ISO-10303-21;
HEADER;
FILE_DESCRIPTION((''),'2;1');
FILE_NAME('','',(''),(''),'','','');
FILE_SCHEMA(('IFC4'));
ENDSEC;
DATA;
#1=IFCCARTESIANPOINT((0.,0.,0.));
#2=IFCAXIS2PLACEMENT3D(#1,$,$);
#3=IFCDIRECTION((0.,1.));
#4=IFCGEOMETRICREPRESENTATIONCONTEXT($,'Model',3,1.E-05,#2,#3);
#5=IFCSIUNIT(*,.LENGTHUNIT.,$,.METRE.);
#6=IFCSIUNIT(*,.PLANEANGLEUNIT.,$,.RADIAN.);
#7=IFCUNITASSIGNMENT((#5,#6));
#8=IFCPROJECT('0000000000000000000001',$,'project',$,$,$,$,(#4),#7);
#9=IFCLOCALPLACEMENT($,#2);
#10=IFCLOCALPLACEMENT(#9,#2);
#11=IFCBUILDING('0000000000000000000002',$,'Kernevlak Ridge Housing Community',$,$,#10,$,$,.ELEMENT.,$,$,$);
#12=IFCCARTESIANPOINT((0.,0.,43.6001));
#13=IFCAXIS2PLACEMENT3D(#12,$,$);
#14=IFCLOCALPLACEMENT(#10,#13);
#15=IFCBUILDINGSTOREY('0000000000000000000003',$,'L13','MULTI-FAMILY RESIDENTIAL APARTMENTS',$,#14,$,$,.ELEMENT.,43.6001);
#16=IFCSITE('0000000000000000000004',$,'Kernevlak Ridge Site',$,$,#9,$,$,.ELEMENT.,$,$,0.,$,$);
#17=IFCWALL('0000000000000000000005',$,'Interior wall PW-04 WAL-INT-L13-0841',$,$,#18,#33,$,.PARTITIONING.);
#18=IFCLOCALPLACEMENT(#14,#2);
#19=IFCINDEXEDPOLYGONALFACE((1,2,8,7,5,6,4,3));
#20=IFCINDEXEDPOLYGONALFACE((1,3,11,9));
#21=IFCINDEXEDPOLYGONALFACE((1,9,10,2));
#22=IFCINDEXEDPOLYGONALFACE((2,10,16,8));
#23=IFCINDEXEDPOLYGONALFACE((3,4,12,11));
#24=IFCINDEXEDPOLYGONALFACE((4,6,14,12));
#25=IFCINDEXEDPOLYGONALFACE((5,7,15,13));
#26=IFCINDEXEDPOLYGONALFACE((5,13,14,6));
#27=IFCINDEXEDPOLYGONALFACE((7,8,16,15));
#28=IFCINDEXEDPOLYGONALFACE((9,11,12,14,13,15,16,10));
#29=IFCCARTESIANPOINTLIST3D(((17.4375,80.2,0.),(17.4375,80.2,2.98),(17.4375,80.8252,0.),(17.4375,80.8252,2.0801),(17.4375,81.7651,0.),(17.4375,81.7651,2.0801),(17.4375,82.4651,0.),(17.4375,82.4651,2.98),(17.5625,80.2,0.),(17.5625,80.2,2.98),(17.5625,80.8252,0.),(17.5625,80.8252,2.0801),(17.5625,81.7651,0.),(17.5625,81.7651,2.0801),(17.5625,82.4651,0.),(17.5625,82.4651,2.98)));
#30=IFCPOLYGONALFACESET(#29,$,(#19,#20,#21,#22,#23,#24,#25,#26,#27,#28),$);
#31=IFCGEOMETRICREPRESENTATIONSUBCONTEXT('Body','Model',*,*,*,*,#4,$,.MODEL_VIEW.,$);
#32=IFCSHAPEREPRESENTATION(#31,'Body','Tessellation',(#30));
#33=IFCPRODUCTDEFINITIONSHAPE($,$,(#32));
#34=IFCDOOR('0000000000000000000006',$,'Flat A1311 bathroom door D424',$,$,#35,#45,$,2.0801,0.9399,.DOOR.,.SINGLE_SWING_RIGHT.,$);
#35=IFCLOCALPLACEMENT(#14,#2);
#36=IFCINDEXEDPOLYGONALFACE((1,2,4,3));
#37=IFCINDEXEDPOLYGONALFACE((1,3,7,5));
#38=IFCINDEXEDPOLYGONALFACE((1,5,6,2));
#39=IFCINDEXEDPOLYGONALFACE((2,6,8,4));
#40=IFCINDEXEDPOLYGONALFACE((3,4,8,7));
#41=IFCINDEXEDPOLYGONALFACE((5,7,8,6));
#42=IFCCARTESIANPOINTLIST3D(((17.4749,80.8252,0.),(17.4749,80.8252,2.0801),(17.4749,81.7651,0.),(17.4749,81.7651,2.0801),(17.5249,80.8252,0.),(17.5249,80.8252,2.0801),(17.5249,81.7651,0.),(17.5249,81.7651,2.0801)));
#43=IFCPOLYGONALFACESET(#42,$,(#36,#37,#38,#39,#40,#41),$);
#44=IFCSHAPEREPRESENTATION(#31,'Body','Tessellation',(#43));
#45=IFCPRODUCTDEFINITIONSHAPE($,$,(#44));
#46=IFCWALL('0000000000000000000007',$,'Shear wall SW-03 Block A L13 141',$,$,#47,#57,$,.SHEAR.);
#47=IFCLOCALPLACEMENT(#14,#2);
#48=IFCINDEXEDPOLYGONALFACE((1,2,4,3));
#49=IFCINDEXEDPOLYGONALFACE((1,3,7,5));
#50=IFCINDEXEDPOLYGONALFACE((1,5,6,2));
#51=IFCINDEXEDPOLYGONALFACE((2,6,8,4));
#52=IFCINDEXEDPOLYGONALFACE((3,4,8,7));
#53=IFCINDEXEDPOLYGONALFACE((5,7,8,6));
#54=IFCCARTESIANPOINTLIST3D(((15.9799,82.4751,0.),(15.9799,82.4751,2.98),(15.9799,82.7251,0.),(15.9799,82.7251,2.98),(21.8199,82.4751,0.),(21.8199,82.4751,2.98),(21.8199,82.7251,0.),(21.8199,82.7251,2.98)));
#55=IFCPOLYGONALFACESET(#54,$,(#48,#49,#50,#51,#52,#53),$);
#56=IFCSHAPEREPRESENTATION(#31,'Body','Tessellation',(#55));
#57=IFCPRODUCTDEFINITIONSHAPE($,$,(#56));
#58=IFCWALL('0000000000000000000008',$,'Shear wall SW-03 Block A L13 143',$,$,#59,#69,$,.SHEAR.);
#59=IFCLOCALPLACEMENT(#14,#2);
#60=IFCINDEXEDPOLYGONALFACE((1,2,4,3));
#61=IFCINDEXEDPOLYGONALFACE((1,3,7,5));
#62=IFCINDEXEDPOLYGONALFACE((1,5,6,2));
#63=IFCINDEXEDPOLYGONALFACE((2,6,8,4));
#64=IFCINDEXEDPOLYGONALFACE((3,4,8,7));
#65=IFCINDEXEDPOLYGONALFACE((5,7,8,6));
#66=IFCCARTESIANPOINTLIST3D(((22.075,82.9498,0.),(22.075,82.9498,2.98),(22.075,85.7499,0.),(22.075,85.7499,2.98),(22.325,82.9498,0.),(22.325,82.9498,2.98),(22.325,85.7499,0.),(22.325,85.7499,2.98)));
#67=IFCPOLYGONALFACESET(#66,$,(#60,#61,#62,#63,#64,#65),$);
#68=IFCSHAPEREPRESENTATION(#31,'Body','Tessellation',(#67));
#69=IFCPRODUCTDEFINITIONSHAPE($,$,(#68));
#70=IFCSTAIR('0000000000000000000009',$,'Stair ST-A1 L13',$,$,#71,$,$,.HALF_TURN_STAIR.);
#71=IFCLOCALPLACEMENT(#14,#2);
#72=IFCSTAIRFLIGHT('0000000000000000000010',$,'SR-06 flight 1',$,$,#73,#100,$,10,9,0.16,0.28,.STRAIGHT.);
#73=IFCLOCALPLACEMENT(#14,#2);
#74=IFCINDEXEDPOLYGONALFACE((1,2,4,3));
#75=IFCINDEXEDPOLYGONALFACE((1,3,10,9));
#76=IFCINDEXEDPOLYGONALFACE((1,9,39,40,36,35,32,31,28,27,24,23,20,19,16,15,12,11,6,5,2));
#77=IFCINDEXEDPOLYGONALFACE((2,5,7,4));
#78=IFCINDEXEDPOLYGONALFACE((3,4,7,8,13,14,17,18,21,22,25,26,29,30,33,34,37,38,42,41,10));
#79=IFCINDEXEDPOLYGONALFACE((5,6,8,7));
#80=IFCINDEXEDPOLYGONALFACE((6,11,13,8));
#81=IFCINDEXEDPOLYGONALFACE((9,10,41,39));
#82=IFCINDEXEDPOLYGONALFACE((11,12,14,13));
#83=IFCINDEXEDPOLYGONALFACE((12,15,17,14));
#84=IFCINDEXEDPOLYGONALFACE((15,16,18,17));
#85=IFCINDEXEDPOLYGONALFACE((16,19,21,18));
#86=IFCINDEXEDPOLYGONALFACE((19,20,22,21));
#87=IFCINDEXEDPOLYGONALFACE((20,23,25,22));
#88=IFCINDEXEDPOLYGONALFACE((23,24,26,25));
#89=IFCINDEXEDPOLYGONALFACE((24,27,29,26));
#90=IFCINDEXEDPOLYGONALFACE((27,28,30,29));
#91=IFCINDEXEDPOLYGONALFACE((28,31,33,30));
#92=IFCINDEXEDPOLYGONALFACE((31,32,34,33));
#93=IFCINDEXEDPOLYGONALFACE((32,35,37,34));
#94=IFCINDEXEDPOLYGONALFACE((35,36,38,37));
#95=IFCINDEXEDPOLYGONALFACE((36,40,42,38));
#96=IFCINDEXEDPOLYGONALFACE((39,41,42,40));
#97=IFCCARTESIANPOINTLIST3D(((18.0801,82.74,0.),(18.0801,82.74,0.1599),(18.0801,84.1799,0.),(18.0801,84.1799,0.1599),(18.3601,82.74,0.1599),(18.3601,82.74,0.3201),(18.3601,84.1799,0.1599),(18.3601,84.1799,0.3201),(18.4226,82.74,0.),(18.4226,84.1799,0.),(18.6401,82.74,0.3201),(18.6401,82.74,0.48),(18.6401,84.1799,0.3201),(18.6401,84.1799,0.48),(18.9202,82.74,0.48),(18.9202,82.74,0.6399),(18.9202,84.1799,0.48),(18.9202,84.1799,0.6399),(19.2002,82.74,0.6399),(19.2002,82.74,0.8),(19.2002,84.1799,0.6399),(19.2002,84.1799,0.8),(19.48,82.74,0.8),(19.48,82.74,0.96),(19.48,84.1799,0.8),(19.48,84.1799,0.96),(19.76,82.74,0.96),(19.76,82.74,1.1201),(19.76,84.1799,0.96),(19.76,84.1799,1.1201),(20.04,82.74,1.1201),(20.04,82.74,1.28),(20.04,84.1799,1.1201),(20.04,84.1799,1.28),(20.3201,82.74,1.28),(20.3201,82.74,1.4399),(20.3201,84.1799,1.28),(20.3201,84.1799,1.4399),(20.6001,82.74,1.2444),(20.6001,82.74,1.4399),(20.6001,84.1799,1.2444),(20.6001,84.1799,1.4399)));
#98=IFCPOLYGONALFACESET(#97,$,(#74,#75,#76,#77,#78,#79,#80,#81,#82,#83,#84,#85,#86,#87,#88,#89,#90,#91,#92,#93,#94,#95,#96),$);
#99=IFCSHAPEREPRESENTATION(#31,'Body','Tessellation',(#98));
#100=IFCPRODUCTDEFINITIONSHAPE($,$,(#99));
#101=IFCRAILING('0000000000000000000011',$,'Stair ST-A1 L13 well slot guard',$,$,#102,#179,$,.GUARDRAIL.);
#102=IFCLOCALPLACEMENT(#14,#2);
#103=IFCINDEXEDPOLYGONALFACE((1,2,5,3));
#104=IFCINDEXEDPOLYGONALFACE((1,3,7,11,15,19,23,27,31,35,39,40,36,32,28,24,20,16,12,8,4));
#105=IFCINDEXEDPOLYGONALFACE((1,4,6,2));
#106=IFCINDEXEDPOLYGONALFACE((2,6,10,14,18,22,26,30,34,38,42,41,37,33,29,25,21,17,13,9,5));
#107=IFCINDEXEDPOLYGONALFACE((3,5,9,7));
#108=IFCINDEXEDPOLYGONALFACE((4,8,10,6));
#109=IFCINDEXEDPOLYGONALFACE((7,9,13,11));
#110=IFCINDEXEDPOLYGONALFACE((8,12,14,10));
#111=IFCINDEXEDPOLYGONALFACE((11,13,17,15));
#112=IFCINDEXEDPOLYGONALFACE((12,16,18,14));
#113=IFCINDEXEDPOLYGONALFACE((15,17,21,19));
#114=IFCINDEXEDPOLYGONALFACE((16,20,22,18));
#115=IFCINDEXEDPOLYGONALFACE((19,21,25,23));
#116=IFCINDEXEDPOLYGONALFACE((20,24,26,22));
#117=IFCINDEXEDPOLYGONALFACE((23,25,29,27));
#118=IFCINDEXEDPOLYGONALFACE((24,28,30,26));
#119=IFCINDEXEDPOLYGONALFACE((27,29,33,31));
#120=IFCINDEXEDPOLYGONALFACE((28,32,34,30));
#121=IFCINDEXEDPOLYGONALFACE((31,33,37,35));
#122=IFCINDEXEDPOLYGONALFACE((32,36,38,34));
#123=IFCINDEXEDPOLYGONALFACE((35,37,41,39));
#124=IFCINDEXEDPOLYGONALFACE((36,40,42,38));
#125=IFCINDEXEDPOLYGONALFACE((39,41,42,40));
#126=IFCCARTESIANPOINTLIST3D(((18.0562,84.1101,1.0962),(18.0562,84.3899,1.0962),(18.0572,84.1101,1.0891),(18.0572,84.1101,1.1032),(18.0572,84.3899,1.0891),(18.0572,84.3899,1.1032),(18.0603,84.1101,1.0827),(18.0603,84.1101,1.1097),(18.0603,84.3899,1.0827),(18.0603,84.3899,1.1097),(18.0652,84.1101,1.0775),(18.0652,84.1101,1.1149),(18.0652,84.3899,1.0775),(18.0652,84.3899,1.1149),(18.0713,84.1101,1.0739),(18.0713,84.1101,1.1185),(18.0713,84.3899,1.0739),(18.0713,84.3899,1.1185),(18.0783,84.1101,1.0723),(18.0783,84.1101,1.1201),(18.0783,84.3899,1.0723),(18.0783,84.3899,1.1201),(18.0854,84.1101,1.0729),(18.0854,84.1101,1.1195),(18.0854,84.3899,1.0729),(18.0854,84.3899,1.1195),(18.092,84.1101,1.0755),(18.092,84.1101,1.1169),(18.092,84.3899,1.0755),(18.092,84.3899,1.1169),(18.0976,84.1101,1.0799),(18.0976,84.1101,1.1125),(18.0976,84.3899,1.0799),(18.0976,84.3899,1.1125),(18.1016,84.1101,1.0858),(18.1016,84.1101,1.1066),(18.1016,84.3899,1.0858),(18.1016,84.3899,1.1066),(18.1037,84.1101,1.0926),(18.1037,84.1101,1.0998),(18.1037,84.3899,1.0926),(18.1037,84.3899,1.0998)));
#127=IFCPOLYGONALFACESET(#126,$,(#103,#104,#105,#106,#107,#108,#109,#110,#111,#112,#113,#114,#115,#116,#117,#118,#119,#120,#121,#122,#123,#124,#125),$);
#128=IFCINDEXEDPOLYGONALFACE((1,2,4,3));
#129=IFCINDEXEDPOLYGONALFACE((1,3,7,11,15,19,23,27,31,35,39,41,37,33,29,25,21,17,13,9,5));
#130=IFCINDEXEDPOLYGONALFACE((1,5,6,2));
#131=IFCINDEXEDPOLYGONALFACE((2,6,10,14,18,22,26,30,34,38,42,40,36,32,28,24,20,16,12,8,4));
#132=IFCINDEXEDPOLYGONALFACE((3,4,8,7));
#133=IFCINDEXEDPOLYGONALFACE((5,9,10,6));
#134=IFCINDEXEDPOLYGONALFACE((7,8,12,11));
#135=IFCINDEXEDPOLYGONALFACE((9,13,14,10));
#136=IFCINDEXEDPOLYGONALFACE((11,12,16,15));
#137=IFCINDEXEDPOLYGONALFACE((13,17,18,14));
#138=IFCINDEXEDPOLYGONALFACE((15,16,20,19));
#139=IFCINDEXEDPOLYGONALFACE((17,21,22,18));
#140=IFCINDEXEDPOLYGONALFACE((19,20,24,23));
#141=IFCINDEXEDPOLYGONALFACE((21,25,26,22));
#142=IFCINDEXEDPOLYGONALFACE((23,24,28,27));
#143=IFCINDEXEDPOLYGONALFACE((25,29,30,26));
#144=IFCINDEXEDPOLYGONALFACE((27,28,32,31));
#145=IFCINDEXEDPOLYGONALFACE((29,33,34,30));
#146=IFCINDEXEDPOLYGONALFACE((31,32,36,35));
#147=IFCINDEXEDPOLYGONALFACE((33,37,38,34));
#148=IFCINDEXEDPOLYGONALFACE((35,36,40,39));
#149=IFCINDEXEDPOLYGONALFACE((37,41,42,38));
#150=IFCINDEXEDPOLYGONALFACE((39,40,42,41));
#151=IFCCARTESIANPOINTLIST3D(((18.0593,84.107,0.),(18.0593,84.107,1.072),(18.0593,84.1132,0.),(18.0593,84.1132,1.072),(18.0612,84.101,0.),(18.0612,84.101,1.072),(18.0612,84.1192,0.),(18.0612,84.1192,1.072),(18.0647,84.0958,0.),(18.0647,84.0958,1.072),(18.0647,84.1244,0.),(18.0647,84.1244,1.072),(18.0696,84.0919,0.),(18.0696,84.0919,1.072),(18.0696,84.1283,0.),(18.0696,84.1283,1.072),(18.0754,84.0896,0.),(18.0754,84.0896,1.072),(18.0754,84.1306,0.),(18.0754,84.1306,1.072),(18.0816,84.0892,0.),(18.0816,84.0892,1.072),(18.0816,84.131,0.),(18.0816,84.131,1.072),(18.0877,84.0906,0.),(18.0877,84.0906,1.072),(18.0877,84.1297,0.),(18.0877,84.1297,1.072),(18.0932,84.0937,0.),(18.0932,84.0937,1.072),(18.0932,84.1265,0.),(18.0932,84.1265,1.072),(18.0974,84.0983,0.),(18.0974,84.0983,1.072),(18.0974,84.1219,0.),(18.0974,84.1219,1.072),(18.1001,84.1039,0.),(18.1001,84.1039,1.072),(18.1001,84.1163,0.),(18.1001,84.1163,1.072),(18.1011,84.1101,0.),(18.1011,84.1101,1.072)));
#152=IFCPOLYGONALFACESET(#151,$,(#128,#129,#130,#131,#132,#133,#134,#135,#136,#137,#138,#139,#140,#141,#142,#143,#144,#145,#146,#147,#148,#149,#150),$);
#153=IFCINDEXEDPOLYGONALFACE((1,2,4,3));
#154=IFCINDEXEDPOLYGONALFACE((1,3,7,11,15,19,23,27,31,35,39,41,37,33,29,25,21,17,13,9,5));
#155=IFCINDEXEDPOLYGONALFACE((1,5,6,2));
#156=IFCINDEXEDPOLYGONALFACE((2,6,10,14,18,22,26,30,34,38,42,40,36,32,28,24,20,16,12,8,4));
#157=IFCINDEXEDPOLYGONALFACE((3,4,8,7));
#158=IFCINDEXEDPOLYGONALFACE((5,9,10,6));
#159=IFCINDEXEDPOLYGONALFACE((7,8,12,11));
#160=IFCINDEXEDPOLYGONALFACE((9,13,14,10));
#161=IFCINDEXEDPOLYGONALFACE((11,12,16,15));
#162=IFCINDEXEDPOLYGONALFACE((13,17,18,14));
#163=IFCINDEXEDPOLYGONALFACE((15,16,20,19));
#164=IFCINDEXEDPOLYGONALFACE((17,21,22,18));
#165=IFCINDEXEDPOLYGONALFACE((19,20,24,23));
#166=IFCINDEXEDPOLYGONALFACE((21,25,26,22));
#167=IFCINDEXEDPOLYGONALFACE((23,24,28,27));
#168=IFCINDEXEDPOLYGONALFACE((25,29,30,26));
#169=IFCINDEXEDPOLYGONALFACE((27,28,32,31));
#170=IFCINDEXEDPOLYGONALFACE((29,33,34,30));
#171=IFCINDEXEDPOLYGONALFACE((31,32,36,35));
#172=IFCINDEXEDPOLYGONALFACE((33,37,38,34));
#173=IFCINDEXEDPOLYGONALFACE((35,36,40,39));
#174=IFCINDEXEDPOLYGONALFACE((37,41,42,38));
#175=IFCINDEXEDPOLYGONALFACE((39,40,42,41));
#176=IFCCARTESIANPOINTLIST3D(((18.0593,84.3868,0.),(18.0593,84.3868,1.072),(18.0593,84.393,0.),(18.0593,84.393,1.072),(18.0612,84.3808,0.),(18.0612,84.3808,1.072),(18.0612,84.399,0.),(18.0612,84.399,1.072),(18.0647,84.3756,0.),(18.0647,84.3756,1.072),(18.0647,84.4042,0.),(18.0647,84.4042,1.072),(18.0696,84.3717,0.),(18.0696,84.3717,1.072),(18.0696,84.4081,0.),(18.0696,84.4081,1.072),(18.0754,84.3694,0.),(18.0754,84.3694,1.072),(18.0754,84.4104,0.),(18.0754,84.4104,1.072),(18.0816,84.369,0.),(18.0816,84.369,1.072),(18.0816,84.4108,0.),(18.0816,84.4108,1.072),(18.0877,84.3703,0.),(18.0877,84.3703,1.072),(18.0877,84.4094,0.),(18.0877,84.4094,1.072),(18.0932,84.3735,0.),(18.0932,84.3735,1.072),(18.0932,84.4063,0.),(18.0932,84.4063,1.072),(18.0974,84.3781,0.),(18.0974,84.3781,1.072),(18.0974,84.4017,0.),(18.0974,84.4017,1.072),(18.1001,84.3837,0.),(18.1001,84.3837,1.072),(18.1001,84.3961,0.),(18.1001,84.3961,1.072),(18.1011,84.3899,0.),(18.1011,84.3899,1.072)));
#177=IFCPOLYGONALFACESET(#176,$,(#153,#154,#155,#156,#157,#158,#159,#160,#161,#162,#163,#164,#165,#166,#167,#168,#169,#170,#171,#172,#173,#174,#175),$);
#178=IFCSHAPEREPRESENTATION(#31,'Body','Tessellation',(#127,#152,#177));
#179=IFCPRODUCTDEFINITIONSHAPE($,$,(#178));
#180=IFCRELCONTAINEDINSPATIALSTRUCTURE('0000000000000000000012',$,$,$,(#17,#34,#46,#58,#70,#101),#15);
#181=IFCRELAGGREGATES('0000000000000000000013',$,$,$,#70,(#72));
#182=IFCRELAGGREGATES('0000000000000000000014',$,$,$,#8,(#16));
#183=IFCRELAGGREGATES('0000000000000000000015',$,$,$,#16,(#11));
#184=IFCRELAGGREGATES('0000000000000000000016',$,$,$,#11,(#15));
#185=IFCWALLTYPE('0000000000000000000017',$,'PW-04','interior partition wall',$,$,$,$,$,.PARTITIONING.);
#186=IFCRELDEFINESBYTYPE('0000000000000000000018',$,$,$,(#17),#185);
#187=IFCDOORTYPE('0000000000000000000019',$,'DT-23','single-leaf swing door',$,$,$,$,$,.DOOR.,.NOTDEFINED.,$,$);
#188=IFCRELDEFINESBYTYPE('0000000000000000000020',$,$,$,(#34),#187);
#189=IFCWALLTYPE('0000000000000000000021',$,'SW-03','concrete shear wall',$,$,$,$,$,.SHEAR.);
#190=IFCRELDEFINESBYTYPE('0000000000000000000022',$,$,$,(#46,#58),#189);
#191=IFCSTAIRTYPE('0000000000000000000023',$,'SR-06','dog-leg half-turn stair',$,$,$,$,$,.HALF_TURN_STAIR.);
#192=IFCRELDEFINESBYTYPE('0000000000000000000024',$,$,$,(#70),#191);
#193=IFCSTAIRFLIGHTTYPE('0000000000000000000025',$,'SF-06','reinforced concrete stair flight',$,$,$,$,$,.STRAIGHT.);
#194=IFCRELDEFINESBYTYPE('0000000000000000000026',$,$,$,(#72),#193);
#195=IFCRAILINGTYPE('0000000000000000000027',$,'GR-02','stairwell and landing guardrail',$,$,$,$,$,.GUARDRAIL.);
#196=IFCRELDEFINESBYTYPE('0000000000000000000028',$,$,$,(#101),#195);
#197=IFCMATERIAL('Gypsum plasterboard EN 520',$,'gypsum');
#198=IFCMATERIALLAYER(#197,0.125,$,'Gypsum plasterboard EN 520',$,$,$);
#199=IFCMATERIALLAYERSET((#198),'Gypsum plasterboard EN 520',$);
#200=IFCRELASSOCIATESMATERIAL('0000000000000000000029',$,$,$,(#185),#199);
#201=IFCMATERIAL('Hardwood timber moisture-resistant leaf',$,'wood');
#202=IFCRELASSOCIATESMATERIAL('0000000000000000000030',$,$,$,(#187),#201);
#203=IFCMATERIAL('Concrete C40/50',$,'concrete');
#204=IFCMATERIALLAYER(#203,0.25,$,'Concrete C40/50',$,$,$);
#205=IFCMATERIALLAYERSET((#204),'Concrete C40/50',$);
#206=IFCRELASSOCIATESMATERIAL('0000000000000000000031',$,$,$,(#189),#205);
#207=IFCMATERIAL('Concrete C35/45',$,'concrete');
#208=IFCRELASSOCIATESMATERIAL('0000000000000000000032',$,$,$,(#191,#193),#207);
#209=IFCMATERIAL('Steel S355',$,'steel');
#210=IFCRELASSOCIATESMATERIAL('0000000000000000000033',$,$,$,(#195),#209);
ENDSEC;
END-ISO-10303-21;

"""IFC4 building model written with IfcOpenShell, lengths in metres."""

from ifc_helpers import new_model, si_unit, direction, frame, frame_2d, origin, origin_2d, place, context, subcontext, project, spatial, polyline, rectangle, circle, outline, extrude, material, layer, layer_set, type_object, element, fill, aggregate, save


model = new_model("IFC4")

# Units and contexts
model_context = context("Model", 3, precision=1e-05, world=origin(), true_north=direction((0.0, 1.0)))
body_context = subcontext(model_context, "Body", "Model", "MODEL_VIEW")
ifc_project = project(units=[si_unit("LENGTHUNIT", "METRE"), si_unit("PLANEANGLEUNIT", "RADIAN")], contexts=[model_context])

# Site, building, storey
site_placement = place(None, origin())
site = spatial("IfcSite", under=ifc_project, at=site_placement, Name="Kernevlak Ridge Site", CompositionType="ELEMENT", RefElevation=0.0)
building_placement = place(site_placement, origin())
building = spatial("IfcBuilding", under=site, at=building_placement, Name="Kernevlak Ridge Housing Community", CompositionType="ELEMENT")
storey_placement = place(building_placement, frame((0.0, 0.0, 43.6001)))
storey = spatial("IfcBuildingStorey", under=building, at=storey_placement, Name="L13", Description="MULTI-FAMILY RESIDENTIAL APARTMENTS", CompositionType="ELEMENT", Elevation=43.6001)

# Shared definitions
ifc_material_1 = material(Name="Concrete C35/45", Category="concrete")

# Wall, opening, door
ifc_material_2 = material(Name="Gypsum plasterboard EN 520", Category="gypsum")
ifc_layer_1 = layer(ifc_material_2, 0.125, Name="Gypsum plasterboard EN 520")
ifc_layer_set_1 = layer_set([ifc_layer_1], Name="Gypsum plasterboard EN 520")
wall_type_1 = type_object("IfcWallType", Name="PW-04", Description="interior partition wall", PredefinedType="PARTITIONING", material=ifc_layer_set_1)
wall_1_placement = place(storey_placement, frame((17.5, 82.4651, 0.0), z_axis=(0.0, 0.0, 1.0), x_axis=(0.0, -1.0, 0.0)))
wall_1 = element("IfcWall", 1, at=wall_1_placement, inside=storey, type_object=wall_type_1, Name="Interior wall PW-04 WAL-INT-L13-0841", PredefinedType="PARTITIONING", context=body_context, shape_type="SweptSolid", body=[
    extrude(rectangle(XDim=2.2651, YDim=0.125, at=frame_2d((1.1326, 0.0))), origin(), (0.0, 0.0, 1.0), 2.98),
])
opening_1_placement = place(wall_1_placement, frame((0.7, 0.0, 0.0)))
opening_1 = element("IfcOpeningElement", 2, at=opening_1_placement, cuts=wall_1, PredefinedType="OPENING", context=body_context, shape_type="SweptSolid", body=[
    extrude(rectangle(XDim=0.9399, YDim=2.0801, at=frame_2d((0.47, 1.04))), frame((0.0, 0.0725, 0.0), z_axis=(0.0, -1.0, 0.0), x_axis=(1.0, 0.0, 0.0)), (0.0, 0.0, 1.0), 0.145),
])
ifc_material_3 = material(Name="Hardwood timber moisture-resistant leaf", Category="wood")
door_type_1 = type_object("IfcDoorType", Name="DT-23", Description="single-leaf swing door", OperationType="NOTDEFINED", PredefinedType="DOOR", material=ifc_material_3)
door_1_placement = place(opening_1_placement, origin())
door_1 = element("IfcDoor", 3, at=door_1_placement, inside=storey, type_object=door_type_1, Name="Flat A1311 bathroom door D424", OperationType="SINGLE_SWING_RIGHT", OverallHeight=2.0801, OverallWidth=0.9399, PredefinedType="DOOR", context=body_context, shape_type="SweptSolid", body=[
    extrude(rectangle(XDim=0.9399, YDim=2.0801, at=frame_2d((0.47, 1.04))), frame((0.0, 0.0249, 0.0), z_axis=(0.0, -1.0, 0.0), x_axis=(1.0, 0.0, 0.0)), (0.0, 0.0, 1.0), 0.05),
])
fill(opening_1, door_1)

# Walls
ifc_material_4 = material(Name="Concrete C40/50", Category="concrete")
ifc_layer_2 = layer(ifc_material_4, 0.25, Name="Concrete C40/50")
ifc_layer_set_2 = layer_set([ifc_layer_2], Name="Concrete C40/50")
wall_type_2 = type_object("IfcWallType", Name="SW-03", Description="concrete shear wall", PredefinedType="SHEAR", material=ifc_layer_set_2)
wall_2_placement = place(storey_placement, frame((15.98, 82.6001, 0.0), z_axis=(0.0, 0.0, 1.0), x_axis=(1.0, 0.0, 0.0)))
element("IfcWall", 4, at=wall_2_placement, inside=storey, type_object=wall_type_2, Name="Shear wall SW-03 Block A L13 141", PredefinedType="SHEAR", context=body_context, shape_type="SweptSolid", body=[
    extrude(rectangle(XDim=5.8401, YDim=0.25, at=frame_2d((2.9199, 0.0))), origin(), (0.0, 0.0, 1.0), 2.98),
])
wall_3_placement = place(storey_placement, frame((22.2, 82.95, 0.0), z_axis=(0.0, 0.0, 1.0), x_axis=(0.0, 1.0, 0.0)))
element("IfcWall", 5, at=wall_3_placement, inside=storey, type_object=wall_type_2, Name="Shear wall SW-03 Block A L13 143", PredefinedType="SHEAR", context=body_context, shape_type="SweptSolid", body=[
    extrude(rectangle(XDim=2.8, YDim=0.25, at=frame_2d((1.3999, 0.0))), origin(), (0.0, 0.0, 1.0), 2.98),
])

# Stair, stair flight
stair_type = type_object("IfcStairType", Name="SR-06", Description="dog-leg half-turn stair", PredefinedType="HALF_TURN_STAIR", material=ifc_material_1)
stair_placement = place(storey_placement, origin())
stair = element("IfcStair", 6, at=stair_placement, inside=storey, type_object=stair_type, Name="Stair ST-A1 L13", PredefinedType="HALF_TURN_STAIR")
stair_flight_type = type_object("IfcStairFlightType", Name="SF-06", Description="reinforced concrete stair flight", PredefinedType="STRAIGHT", material=ifc_material_1)
stair_flight_placement = place(storey_placement, frame((18.0801, 83.46, 0.0), z_axis=(0.0, 0.0, 1.0), x_axis=(1.0, 0.0, 0.0)))
stair_flight = element("IfcStairFlight", 7, at=stair_flight_placement, type_object=stair_flight_type, Name="SR-06 flight 1", NumberOfRisers=10, NumberOfTreads=9, PredefinedType="STRAIGHT", RiserHeight=0.16, TreadLength=0.28, context=body_context, shape_type="SweptSolid", body=[
    extrude(outline(polyline([(0.0, 0.0), (0.0, 0.1599), (0.28, 0.1599), (0.28, 0.3201), (0.5601, 0.3201), (0.5601, 0.48), (0.8401, 0.48), (0.8401, 0.6399), (1.1201, 0.6399), (1.1201, 0.8), (1.3999, 0.8), (1.3999, 0.96), (1.6799, 0.96), (1.6799, 1.1201), (1.96, 1.1201), (1.96, 1.28), (2.24, 1.28), (2.24, 1.4399), (2.52, 1.4399), (2.52, 1.6001), (2.52, 1.2444), (0.3425, 0.0), (0.0, 0.0)])), frame((0.0, 0.72, 0.0), z_axis=(0.0, -1.0, 0.0), x_axis=(1.0, 0.0, 0.0)), (0.0, 0.0, 1.0), 1.4399),
])
aggregate(stair, [stair_flight])

# Railing
ifc_material_5 = material(Name="Steel S355", Category="steel")
railing_type_1 = type_object("IfcRailingType", Name="GR-02", Description="stairwell and landing guardrail", PredefinedType="GUARDRAIL", material=ifc_material_5)
railing_1_placement = place(storey_placement, frame((18.0801, 84.1101, 0.0)))
element("IfcRailing", 8, at=railing_1_placement, inside=storey, type_object=railing_type_1, Name="Stair ST-A1 L13 well slot guard", PredefinedType="GUARDRAIL", context=body_context, shape_type="SweptSolid", body=[
    extrude(circle(Radius=0.0239, at=origin_2d()), frame((0.0, 0.0, 1.0962), z_axis=(0.0, 1.0, 0.0), x_axis=(-1.0, 0.0, 0.0)), (0.0, 0.0, 1.0), 0.2798),
    extrude(circle(Radius=0.021, at=origin_2d()), origin(), (0.0, 0.0, 1.0), 1.072),
    extrude(circle(Radius=0.021, at=origin_2d()), frame((0.0, 0.2798, 0.0)), (0.0, 0.0, 1.0), 1.072),
])

save(model, "model.ifc")
